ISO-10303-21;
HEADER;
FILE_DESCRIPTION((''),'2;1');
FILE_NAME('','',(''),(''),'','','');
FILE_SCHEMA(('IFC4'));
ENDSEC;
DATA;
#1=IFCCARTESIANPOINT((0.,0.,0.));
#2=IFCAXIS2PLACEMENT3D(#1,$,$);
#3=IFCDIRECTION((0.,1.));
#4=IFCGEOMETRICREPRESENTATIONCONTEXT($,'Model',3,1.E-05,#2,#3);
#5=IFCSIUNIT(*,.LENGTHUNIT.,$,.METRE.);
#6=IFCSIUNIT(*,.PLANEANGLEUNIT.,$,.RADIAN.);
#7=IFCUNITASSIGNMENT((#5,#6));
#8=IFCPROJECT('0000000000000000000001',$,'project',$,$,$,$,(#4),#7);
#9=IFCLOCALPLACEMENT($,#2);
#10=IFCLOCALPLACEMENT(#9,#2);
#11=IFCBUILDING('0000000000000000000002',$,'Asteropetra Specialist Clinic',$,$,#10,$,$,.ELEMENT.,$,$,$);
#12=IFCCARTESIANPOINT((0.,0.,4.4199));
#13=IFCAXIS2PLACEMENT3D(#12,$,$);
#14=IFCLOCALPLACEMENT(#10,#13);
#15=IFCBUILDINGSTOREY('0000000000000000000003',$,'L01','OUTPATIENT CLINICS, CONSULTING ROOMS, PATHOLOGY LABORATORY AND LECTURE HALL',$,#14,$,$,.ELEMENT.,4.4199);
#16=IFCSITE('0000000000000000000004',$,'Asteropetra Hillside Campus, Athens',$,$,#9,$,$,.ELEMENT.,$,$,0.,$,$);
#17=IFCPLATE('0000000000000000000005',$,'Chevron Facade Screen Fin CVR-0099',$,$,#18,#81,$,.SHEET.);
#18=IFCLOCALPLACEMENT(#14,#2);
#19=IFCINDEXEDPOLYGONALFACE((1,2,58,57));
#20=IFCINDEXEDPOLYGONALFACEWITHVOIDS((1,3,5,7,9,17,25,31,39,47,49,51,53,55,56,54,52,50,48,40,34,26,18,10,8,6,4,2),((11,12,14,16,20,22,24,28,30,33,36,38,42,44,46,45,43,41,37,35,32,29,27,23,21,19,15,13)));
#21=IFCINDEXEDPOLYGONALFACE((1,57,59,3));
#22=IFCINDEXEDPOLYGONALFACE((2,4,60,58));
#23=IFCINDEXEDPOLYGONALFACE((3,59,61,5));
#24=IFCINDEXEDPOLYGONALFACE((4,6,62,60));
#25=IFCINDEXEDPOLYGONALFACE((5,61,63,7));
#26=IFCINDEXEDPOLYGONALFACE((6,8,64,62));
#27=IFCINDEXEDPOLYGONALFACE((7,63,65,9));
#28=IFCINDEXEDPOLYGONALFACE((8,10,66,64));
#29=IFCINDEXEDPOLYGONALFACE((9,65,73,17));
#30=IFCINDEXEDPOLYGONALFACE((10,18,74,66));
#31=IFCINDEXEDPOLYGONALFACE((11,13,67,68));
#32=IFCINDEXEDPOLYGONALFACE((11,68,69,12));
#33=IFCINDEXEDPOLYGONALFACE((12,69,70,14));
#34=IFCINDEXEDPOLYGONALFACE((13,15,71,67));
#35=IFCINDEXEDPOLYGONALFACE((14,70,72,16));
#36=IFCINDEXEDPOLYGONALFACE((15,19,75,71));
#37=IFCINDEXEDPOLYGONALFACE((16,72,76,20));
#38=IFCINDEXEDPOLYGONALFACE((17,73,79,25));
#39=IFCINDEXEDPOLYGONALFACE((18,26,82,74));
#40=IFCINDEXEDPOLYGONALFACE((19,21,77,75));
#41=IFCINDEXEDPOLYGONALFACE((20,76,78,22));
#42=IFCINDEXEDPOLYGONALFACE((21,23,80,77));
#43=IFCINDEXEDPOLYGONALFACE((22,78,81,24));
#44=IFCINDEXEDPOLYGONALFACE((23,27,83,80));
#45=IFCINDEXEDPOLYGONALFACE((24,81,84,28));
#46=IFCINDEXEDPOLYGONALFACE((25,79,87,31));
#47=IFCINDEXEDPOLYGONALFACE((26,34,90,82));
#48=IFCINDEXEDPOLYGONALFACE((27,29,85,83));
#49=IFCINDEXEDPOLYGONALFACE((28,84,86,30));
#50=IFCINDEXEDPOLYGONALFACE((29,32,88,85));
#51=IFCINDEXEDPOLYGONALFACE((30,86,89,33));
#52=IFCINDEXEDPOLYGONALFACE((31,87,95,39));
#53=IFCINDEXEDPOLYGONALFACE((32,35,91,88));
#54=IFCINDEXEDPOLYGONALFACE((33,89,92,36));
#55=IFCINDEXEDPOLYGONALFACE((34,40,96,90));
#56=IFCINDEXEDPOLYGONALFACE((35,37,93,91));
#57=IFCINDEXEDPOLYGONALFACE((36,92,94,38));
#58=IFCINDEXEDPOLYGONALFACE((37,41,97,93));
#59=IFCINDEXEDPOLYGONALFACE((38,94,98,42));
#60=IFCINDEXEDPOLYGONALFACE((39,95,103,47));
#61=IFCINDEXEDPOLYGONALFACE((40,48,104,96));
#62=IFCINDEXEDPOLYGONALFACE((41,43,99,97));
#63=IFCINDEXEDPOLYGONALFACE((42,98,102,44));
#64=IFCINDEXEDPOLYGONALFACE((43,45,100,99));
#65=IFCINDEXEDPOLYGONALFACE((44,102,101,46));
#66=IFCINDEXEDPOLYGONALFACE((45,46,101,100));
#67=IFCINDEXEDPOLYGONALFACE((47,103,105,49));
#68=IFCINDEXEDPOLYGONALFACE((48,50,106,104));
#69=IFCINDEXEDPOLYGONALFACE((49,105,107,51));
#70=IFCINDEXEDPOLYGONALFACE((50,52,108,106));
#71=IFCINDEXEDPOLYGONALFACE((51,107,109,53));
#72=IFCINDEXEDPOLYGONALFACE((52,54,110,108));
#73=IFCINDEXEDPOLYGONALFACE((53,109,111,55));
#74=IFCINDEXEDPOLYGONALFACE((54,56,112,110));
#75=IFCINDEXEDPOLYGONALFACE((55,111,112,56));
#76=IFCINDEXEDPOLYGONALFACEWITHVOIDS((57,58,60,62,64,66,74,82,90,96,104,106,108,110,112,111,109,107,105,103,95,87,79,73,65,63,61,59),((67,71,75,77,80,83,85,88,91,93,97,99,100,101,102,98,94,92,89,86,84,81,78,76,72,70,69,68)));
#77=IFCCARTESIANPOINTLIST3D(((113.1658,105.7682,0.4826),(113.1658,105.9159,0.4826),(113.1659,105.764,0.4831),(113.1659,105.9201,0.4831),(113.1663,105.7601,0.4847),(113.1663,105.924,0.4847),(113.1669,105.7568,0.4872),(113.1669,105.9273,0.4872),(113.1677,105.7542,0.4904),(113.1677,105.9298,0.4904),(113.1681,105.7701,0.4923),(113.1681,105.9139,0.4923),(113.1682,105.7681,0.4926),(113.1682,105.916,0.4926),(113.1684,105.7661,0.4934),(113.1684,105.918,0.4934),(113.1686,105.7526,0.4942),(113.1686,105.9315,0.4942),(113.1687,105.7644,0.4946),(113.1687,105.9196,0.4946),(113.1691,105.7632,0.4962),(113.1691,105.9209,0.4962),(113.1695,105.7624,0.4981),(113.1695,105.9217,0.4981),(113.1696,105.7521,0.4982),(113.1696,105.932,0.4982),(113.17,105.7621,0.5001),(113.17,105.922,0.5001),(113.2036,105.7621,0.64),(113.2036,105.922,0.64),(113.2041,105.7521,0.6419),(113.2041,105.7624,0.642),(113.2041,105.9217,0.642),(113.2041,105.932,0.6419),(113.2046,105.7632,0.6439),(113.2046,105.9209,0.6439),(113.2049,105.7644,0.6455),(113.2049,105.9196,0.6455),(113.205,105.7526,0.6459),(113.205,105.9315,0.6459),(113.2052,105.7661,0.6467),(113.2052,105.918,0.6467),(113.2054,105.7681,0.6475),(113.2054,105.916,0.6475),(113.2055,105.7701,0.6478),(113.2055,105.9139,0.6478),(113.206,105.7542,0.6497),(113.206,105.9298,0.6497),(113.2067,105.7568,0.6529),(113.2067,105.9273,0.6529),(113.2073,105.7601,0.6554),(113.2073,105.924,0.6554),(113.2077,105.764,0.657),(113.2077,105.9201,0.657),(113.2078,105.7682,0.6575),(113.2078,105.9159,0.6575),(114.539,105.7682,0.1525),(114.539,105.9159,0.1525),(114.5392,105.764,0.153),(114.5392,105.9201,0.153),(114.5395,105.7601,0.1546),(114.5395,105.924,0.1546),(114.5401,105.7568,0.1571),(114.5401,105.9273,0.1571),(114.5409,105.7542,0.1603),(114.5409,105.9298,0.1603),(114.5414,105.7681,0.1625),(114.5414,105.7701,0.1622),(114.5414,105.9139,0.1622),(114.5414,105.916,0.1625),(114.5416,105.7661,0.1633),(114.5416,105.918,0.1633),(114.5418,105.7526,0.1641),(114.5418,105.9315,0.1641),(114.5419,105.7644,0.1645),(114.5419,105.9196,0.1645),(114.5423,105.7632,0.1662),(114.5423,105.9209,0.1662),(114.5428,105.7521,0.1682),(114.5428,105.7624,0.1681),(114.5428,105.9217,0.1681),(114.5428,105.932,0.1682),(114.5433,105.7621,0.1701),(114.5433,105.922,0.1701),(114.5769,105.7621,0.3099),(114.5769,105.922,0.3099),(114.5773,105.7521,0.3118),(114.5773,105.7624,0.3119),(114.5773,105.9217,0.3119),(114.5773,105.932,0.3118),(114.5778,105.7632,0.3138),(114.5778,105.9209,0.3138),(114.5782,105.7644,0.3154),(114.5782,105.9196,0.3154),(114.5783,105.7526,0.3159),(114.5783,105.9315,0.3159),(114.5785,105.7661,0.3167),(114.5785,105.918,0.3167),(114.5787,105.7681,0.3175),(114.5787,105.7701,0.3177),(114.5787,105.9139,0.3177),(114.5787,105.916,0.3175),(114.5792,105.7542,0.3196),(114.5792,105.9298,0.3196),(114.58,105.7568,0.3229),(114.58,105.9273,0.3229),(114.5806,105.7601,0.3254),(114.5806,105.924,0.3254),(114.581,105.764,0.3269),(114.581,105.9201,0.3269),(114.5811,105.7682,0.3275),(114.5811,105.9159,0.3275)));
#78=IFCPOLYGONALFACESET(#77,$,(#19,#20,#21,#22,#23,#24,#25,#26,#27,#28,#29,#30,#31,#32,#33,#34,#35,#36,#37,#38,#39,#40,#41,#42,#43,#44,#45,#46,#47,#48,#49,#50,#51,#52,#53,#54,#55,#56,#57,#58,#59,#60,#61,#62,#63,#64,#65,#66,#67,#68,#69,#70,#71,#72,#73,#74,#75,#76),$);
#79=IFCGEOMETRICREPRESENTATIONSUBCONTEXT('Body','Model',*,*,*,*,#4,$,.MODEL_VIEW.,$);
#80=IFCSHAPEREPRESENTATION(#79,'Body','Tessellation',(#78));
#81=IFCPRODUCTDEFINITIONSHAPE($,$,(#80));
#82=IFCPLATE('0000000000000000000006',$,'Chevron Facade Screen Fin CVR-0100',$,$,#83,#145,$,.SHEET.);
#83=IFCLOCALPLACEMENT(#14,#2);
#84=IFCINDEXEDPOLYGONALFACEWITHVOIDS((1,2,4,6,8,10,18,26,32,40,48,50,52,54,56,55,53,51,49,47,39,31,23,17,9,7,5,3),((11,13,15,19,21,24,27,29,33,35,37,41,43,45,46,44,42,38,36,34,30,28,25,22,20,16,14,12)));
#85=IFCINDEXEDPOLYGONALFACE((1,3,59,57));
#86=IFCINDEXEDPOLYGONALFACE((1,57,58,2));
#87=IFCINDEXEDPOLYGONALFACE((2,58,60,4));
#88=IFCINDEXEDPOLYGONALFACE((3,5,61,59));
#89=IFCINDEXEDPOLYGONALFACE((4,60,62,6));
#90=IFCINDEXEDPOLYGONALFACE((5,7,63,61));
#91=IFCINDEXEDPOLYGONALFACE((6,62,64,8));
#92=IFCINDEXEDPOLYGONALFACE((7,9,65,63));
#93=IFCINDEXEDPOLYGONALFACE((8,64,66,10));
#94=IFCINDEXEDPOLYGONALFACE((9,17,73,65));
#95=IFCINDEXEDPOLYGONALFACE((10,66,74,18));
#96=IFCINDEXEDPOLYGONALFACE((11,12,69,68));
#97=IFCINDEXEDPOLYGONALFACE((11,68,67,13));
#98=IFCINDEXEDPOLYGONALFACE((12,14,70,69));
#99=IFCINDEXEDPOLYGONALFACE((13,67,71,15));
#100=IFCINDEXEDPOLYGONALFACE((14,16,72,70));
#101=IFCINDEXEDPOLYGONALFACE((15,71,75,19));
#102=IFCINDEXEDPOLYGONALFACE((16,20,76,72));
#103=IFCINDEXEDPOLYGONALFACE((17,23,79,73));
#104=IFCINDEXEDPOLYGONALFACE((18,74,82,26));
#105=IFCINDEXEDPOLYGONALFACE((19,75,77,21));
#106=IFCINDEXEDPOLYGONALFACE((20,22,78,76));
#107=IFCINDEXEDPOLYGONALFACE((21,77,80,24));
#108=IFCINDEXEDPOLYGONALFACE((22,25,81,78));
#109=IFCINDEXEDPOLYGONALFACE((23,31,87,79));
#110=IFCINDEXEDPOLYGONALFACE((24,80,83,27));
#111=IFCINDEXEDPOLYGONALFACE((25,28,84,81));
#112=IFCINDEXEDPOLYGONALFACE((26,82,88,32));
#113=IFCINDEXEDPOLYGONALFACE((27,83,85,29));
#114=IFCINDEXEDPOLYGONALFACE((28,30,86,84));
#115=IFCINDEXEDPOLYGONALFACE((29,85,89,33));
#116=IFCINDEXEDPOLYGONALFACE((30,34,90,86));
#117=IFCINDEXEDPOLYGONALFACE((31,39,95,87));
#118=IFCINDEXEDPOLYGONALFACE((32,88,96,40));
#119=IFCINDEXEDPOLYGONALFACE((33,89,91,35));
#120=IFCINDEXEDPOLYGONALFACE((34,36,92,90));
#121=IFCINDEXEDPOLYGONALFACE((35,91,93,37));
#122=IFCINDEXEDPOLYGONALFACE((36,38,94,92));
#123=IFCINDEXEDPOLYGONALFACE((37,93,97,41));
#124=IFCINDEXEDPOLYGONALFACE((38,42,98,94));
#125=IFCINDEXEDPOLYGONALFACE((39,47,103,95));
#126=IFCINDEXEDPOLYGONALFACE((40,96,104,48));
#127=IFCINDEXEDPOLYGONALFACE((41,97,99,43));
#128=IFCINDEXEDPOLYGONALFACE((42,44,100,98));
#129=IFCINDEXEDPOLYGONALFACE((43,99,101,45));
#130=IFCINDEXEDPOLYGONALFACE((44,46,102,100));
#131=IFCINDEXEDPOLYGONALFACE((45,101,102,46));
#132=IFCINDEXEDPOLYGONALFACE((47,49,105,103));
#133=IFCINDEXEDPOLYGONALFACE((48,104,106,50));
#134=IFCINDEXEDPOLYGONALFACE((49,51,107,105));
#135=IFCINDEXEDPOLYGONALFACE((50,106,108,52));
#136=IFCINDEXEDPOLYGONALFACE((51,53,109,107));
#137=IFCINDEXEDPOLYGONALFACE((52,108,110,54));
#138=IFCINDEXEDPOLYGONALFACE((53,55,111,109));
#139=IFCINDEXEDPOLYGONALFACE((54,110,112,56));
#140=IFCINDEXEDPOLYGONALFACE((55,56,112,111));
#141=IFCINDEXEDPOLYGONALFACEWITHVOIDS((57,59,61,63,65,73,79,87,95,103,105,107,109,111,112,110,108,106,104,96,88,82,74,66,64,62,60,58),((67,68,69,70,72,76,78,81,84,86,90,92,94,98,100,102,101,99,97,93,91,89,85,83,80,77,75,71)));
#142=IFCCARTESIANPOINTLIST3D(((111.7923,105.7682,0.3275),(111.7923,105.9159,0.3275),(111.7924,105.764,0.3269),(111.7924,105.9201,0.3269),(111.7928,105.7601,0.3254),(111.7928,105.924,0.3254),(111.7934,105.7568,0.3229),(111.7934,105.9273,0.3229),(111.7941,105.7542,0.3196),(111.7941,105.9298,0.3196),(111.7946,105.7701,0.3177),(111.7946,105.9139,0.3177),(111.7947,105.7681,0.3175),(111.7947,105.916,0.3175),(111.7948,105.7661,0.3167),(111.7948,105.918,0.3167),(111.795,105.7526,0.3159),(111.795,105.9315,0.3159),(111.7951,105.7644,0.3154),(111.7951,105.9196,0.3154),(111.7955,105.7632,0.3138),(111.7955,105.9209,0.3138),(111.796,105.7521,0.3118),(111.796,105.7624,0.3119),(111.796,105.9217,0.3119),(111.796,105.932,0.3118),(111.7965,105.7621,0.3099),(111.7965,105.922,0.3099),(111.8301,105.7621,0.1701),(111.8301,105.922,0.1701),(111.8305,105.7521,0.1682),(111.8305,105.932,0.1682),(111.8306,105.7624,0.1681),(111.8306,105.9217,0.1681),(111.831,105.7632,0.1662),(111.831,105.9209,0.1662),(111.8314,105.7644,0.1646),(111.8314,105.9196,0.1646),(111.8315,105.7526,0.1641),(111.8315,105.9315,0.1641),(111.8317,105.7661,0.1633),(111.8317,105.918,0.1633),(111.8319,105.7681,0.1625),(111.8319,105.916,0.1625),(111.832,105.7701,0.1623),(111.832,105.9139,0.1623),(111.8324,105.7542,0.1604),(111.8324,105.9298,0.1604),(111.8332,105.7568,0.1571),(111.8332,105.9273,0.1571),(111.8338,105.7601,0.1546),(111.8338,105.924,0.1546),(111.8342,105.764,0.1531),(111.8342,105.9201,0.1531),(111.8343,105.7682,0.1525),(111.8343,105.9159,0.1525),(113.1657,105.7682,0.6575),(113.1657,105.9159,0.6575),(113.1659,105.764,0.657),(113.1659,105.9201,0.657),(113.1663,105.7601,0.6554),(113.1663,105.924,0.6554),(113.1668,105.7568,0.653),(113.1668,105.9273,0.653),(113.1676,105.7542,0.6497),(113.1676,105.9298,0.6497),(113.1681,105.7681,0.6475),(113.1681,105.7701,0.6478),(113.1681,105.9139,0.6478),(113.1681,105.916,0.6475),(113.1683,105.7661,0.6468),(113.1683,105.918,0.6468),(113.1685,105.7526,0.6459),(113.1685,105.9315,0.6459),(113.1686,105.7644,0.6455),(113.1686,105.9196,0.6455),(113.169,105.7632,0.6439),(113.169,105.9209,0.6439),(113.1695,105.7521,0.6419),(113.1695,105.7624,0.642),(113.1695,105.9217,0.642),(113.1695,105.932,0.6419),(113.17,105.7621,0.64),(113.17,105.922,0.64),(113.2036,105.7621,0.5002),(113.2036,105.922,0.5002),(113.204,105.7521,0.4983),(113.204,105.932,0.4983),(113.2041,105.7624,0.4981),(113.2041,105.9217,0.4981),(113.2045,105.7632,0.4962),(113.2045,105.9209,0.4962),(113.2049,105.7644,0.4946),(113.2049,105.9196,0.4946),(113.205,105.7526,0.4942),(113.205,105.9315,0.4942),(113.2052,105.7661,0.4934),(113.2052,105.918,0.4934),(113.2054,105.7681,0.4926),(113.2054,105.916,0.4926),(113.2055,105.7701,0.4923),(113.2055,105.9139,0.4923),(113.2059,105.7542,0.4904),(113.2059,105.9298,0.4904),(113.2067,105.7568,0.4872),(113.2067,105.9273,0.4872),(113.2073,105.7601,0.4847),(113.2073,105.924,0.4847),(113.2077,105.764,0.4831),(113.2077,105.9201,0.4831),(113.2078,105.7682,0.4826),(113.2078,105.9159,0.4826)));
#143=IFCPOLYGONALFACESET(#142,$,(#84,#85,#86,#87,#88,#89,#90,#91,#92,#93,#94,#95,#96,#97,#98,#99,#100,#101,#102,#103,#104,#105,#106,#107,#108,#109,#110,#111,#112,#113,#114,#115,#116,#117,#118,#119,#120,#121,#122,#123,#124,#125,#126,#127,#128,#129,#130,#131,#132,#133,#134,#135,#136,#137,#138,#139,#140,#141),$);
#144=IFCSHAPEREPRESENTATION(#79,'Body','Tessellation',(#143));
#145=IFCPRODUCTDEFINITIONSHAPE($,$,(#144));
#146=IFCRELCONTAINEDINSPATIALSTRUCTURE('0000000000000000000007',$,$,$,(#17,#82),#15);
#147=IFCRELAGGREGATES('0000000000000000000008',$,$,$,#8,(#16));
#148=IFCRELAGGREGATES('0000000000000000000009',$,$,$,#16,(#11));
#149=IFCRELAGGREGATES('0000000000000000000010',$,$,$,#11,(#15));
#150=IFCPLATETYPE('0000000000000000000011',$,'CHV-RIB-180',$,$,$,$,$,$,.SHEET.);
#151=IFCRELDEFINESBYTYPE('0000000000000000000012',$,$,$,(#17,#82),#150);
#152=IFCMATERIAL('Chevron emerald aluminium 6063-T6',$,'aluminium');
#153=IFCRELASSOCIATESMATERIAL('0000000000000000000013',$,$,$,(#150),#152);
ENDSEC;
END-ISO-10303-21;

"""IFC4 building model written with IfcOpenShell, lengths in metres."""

from ifc_helpers import new_model, si_unit, direction, frame, origin, origin_2d, place, context, subcontext, project, spatial, hollow_rectangle, extrude, material, material_profile, profile_set, type_object, element, save


model = new_model("IFC4")

# Units and contexts
model_context = context("Model", 3, precision=1e-05, world=origin(), true_north=direction((0.0, 1.0)))
body_context = subcontext(model_context, "Body", "Model", "MODEL_VIEW")
ifc_project = project(units=[si_unit("LENGTHUNIT", "METRE"), si_unit("PLANEANGLEUNIT", "RADIAN")], contexts=[model_context])

# Site, building, storey
site_placement = place(None, origin())
site = spatial("IfcSite", under=ifc_project, at=site_placement, Name="Asteropetra Hillside Campus, Athens", CompositionType="ELEMENT", RefElevation=0.0)
building_placement = place(site_placement, origin())
building = spatial("IfcBuilding", under=site, at=building_placement, Name="Asteropetra Specialist Clinic", CompositionType="ELEMENT")
storey_placement = place(building_placement, frame((0.0, 0.0, 4.4199)))
storey = spatial("IfcBuildingStorey", under=building, at=storey_placement, Name="L01", Description="OUTPATIENT CLINICS, CONSULTING ROOMS, PATHOLOGY LABORATORY AND LECTURE HALL", CompositionType="ELEMENT", Elevation=4.4199)

# Plates
ifc_material_1 = material(Name="Chevron emerald aluminium 6063-T6", Category="aluminium")
ifc_material_profile_1 = material_profile(ifc_material_1, hollow_rectangle(XDim=0.1799, YDim=0.1799, WallThickness=0.01, InnerFilletRadius=0.0081, OuterFilletRadius=0.0161, at=origin_2d()), Name="SHS 180x180x10.0")
ifc_profile_set_1 = profile_set([ifc_material_profile_1], Name="Chevron emerald aluminium 6063-T6")
plate_type = type_object("IfcPlateType", Name="CHV-RIB-180", PredefinedType="SHEET", material=ifc_profile_set_1)
plate_1_placement = place(storey_placement, frame((114.5601, 105.842, 0.24), z_axis=(-0.972309, 0.0, 0.2337), x_axis=(0.0, -1.0, 0.0)))
element("IfcPlate", 1, at=plate_1_placement, inside=storey, type_object=plate_type, Name="Chevron Facade Screen Fin CVR-0099", PredefinedType="SHEET", context=body_context, shape_type="SweptSolid", body=[
    extrude(hollow_rectangle(XDim=0.1799, YDim=0.1799, WallThickness=0.01, InnerFilletRadius=0.0081, OuterFilletRadius=0.0161, at=origin_2d()), origin(), (0.0, 0.0, 1.0), 1.4124),
])
plate_2_placement = place(storey_placement, frame((113.1868, 105.842, 0.5701), z_axis=(-0.972318, 0.0, -0.233661), x_axis=(0.0, -1.0, 0.0)))
element("IfcPlate", 2, at=plate_2_placement, inside=storey, type_object=plate_type, Name="Chevron Facade Screen Fin CVR-0100", PredefinedType="SHEET", context=body_context, shape_type="SweptSolid", body=[
    extrude(hollow_rectangle(XDim=0.1799, YDim=0.1799, WallThickness=0.01, InnerFilletRadius=0.0081, OuterFilletRadius=0.0161, at=origin_2d()), origin(), (0.0, 0.0, 1.0), 1.4126),
])

save(model, "model.ifc")
